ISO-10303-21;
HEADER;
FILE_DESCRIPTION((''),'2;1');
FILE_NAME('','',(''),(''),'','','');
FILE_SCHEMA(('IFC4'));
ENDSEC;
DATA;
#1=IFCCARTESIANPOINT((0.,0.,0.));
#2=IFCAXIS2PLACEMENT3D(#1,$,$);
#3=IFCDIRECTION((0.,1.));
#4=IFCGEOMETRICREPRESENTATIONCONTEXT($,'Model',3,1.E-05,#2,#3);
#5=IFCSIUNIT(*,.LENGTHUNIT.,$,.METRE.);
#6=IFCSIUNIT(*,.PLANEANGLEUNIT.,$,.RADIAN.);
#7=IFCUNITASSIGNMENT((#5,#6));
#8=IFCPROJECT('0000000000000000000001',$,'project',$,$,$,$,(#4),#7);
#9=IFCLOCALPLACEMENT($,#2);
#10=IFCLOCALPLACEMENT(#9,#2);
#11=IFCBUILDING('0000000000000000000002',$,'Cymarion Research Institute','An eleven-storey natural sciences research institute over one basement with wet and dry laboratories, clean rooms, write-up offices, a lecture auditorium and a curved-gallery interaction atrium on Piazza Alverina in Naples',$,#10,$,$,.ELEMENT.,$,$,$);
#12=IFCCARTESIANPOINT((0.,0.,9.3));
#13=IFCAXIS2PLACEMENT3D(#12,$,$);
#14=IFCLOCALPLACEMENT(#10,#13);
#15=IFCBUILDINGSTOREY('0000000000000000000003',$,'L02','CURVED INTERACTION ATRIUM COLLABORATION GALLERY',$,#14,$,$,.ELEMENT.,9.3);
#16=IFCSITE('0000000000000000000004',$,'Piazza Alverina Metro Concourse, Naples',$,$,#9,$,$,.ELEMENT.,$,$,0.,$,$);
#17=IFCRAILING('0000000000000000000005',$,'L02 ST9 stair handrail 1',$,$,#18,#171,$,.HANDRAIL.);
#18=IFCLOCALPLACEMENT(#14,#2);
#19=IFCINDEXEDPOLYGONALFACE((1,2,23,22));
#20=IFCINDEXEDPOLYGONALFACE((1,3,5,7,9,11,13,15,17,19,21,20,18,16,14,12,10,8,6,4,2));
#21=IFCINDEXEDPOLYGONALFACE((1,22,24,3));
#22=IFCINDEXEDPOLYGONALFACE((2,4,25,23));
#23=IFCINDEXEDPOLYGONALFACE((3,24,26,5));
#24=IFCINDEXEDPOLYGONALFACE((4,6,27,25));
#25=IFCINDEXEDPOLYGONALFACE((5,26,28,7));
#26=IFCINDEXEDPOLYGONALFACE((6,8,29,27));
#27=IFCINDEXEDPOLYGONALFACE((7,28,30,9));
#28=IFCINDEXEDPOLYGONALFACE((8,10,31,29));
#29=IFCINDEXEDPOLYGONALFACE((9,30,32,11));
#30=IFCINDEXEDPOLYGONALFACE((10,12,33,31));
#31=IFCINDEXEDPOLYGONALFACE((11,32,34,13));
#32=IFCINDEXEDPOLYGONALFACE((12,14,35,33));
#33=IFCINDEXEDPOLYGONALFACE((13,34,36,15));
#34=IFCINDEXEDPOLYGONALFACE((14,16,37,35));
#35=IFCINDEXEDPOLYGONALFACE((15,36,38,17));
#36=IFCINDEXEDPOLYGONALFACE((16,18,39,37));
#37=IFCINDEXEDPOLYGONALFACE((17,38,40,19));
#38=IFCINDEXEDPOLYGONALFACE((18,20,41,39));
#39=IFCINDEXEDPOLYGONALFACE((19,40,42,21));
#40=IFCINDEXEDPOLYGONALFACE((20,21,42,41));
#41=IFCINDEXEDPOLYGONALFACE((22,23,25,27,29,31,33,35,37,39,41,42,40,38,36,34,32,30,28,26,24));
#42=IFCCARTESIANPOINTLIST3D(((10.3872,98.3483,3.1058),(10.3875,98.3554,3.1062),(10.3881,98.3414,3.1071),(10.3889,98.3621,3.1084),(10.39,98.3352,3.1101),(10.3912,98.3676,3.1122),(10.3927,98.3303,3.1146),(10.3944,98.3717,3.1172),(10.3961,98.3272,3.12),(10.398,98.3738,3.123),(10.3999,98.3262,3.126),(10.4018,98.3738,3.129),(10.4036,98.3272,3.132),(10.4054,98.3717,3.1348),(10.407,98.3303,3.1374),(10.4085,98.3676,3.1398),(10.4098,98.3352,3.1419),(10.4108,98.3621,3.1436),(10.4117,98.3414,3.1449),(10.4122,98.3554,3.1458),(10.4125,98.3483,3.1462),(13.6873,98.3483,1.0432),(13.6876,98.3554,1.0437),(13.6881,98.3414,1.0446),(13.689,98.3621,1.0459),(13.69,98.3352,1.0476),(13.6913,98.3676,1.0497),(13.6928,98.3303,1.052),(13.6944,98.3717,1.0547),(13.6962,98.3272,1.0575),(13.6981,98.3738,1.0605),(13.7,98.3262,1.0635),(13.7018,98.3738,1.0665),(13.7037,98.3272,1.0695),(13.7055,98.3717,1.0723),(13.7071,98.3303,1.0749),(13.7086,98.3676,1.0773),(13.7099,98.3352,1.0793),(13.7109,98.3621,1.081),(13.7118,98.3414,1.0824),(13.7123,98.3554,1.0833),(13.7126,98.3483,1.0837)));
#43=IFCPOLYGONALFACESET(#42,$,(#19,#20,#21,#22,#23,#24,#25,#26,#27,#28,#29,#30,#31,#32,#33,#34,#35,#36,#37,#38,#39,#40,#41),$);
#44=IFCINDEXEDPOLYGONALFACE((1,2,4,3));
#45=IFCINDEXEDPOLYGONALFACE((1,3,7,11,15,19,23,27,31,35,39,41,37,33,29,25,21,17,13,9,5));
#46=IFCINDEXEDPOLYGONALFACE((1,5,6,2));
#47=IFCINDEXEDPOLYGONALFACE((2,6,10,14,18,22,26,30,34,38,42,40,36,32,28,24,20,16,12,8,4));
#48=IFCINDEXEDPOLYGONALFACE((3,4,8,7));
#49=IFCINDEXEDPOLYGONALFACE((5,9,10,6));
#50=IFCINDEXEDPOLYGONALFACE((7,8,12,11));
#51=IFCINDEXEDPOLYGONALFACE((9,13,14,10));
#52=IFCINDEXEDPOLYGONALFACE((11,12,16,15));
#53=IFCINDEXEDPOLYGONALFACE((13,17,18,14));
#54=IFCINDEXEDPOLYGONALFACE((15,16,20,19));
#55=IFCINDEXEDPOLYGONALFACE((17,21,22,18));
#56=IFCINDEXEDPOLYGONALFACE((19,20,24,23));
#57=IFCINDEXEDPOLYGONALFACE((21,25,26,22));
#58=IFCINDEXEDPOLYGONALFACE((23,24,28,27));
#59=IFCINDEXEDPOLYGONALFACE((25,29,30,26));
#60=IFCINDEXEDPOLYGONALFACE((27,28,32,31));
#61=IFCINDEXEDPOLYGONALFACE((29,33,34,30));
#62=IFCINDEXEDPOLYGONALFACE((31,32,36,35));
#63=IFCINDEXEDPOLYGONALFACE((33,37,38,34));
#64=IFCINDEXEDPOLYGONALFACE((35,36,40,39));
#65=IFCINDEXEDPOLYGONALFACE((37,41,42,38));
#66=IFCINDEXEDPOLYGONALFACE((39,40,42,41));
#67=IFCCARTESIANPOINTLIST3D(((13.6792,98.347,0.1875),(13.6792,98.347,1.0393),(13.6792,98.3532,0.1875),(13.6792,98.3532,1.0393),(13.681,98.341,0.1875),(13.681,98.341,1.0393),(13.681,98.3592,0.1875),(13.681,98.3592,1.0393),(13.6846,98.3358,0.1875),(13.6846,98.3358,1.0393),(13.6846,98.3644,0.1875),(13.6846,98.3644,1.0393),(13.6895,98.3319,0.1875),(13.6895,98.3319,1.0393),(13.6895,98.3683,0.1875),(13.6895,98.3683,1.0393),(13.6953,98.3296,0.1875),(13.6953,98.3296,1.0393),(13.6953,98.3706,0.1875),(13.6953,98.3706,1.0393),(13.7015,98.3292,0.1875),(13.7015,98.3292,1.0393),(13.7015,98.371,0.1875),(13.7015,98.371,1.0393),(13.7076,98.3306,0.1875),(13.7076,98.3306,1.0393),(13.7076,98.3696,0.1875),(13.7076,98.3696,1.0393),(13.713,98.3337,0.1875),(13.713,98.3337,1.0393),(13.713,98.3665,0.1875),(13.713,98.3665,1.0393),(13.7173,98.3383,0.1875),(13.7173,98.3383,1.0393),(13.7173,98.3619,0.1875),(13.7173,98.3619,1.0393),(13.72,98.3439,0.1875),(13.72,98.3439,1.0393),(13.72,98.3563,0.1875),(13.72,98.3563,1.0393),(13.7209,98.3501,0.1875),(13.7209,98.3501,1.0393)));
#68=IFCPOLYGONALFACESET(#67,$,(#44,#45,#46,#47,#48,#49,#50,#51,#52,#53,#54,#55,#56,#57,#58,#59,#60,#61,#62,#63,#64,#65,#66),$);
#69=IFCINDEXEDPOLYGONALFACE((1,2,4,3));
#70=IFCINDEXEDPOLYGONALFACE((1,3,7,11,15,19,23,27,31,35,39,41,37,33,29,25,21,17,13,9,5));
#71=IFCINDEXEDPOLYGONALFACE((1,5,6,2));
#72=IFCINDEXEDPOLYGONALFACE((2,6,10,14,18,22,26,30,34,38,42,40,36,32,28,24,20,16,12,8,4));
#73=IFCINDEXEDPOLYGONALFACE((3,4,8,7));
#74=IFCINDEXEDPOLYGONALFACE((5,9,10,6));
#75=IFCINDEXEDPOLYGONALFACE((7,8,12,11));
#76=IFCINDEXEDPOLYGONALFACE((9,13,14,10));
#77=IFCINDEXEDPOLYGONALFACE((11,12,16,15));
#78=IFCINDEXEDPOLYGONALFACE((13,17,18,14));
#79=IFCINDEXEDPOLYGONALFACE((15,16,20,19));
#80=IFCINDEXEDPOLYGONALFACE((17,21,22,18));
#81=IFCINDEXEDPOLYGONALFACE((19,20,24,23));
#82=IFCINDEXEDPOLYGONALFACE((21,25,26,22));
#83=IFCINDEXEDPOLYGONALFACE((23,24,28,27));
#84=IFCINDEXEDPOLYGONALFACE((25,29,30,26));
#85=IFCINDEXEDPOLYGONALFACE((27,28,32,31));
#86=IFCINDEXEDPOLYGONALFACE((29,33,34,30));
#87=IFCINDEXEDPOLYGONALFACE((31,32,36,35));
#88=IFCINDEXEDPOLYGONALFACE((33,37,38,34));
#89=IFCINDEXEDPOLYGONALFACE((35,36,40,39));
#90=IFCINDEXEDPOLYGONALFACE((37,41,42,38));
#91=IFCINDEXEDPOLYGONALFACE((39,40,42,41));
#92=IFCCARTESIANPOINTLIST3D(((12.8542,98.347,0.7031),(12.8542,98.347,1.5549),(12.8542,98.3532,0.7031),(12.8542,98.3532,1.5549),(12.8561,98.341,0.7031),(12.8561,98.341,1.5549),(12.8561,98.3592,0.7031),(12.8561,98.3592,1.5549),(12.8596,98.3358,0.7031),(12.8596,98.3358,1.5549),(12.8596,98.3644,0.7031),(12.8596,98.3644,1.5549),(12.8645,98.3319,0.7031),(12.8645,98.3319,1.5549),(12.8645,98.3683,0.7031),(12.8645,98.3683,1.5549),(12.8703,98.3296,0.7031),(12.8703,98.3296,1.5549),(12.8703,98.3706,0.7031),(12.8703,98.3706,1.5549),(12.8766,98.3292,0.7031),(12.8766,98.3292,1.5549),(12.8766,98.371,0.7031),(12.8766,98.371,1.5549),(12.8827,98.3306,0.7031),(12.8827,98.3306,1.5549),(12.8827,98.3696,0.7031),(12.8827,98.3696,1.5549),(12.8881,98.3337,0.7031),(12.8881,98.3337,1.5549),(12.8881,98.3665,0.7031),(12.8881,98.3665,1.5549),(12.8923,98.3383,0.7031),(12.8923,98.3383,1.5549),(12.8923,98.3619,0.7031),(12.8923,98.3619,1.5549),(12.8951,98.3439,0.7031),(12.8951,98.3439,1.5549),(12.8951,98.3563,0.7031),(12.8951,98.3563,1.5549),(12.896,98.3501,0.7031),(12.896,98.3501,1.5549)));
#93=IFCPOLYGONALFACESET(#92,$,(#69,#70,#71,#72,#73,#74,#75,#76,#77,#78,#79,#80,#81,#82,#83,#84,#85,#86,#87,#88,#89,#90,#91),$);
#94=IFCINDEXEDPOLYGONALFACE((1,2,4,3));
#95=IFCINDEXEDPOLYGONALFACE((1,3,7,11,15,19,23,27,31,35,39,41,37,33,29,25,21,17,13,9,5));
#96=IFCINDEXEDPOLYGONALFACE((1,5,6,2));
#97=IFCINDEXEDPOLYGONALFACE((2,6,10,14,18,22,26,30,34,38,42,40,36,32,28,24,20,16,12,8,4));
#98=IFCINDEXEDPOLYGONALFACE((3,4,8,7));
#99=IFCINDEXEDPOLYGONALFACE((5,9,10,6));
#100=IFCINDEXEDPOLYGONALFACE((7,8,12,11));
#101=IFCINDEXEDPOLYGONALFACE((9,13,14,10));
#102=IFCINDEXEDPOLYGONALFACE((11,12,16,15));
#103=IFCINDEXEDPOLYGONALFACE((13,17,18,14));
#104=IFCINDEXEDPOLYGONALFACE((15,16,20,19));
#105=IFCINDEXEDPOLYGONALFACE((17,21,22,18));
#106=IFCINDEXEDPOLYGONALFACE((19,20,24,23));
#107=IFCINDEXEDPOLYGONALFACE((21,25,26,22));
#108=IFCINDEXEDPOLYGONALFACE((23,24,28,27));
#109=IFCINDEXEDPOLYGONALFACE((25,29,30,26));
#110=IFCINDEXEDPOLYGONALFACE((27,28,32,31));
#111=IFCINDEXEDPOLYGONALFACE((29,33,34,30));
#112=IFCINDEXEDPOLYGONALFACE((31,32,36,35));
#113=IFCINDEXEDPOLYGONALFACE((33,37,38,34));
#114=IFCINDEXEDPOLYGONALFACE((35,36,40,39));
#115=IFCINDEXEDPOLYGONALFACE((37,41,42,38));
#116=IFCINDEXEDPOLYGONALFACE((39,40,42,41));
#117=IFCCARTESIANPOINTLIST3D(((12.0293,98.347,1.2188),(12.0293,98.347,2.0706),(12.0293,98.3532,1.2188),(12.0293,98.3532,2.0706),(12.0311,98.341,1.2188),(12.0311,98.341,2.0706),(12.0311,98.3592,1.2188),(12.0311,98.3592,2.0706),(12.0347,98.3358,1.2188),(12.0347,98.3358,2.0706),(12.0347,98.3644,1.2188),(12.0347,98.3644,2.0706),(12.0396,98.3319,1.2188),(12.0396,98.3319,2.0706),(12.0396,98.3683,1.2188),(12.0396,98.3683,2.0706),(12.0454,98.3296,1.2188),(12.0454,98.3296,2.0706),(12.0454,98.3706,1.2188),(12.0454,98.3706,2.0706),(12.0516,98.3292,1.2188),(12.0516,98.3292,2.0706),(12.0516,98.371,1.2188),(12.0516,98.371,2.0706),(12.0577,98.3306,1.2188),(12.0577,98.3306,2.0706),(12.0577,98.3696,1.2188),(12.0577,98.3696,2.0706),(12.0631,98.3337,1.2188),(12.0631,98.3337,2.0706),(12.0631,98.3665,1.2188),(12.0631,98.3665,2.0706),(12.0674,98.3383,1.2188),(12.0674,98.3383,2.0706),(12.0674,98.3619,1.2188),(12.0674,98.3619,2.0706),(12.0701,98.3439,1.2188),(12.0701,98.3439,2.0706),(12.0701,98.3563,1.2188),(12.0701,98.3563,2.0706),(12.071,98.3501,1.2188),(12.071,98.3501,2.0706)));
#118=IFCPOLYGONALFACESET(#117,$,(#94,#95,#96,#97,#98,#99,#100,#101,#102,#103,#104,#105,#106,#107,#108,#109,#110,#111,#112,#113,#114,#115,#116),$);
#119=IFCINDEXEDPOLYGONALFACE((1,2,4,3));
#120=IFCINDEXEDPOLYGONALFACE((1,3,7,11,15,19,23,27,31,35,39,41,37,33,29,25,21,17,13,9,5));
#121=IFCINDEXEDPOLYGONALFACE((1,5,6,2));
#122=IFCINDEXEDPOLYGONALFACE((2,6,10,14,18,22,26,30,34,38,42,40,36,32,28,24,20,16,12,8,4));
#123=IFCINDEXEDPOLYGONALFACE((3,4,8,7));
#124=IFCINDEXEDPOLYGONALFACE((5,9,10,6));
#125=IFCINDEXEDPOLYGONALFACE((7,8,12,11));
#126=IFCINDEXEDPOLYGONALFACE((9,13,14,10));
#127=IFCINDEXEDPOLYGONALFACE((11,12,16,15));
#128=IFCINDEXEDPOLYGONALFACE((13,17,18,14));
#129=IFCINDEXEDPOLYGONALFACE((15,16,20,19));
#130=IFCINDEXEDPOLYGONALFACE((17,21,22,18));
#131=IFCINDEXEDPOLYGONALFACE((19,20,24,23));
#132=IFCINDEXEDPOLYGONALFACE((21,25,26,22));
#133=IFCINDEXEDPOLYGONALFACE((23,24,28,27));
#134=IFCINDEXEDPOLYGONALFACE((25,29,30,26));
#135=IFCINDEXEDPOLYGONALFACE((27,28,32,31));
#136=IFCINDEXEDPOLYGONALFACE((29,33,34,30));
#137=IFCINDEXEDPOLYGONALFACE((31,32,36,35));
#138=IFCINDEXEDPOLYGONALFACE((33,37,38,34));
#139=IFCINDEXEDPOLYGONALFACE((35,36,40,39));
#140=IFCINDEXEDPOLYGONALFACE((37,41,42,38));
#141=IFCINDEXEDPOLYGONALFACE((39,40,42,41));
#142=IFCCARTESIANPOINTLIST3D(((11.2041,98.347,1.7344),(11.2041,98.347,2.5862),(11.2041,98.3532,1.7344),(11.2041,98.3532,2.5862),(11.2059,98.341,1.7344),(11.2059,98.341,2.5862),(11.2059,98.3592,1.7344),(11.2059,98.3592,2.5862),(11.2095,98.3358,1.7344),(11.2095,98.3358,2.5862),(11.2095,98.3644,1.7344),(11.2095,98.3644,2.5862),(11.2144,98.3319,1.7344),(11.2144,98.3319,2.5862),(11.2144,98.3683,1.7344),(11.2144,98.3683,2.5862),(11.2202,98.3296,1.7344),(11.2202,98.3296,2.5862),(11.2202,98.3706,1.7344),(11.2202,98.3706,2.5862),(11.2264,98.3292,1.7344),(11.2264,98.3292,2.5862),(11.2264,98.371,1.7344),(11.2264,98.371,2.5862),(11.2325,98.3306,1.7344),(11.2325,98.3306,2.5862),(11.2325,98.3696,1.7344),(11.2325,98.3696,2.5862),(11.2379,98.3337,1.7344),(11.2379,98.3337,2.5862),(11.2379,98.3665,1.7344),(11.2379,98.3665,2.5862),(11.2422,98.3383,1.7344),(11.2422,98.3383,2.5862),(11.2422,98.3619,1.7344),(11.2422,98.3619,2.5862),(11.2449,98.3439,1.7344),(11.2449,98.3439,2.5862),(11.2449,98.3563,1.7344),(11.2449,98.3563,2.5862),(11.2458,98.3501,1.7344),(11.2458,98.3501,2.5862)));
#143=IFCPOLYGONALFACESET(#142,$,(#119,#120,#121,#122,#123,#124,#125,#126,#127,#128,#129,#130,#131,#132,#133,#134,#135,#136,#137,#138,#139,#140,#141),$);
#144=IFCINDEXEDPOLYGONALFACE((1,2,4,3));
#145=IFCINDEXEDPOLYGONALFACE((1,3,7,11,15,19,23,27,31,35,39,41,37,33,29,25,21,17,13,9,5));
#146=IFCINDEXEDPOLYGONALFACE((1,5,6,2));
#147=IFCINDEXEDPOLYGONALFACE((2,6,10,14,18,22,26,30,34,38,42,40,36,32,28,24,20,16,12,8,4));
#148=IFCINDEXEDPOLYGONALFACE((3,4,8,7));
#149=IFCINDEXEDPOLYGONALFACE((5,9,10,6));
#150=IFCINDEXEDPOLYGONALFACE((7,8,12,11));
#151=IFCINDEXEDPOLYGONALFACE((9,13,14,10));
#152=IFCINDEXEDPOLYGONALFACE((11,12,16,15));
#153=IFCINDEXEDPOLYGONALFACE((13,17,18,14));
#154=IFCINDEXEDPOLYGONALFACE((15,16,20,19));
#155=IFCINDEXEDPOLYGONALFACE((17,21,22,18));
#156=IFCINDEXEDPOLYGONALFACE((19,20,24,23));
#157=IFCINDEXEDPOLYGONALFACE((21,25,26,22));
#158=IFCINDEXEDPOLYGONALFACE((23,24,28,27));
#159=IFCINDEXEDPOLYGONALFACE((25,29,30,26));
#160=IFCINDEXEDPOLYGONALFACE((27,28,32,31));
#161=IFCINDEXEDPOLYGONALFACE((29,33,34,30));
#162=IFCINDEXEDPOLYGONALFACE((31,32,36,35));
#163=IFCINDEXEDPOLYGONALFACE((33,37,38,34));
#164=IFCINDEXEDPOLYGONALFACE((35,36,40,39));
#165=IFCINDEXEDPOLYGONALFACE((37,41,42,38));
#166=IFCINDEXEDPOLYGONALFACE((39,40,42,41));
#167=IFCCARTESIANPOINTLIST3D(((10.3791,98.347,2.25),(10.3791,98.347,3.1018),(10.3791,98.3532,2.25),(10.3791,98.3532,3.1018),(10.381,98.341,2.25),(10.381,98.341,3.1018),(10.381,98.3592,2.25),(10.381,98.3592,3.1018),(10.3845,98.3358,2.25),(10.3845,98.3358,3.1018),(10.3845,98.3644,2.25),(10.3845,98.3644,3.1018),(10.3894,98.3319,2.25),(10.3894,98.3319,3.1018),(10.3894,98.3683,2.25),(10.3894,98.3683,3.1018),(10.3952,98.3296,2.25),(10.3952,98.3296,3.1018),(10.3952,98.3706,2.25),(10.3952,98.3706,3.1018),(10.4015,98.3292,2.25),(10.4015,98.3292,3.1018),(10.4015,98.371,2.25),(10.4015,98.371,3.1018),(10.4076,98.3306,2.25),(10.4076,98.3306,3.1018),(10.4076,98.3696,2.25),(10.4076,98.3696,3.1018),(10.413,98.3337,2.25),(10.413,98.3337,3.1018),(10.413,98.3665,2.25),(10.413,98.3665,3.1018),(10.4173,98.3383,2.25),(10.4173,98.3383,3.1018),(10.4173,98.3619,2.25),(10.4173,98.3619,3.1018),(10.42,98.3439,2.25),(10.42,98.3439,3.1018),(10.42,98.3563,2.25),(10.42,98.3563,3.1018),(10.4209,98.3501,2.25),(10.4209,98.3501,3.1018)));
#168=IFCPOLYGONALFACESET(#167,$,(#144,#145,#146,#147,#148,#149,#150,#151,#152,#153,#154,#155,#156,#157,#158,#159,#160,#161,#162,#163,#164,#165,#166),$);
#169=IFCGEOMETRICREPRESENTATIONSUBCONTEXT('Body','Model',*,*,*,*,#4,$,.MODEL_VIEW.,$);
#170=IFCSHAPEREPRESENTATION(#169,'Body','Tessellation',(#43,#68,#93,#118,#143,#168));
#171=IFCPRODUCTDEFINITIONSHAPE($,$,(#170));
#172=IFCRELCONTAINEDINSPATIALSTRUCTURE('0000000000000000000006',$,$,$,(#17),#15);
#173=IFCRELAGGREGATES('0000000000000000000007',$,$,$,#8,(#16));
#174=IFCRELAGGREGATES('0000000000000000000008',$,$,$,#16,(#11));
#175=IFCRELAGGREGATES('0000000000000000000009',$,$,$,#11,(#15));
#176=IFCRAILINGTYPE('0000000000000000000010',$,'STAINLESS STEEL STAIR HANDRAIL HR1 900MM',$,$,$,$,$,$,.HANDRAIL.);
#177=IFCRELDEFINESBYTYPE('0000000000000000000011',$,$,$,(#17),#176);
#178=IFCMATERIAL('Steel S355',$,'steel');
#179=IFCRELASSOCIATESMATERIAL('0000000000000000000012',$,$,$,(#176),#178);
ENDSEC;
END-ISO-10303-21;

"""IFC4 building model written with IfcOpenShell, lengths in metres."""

from ifc_helpers import new_model, si_unit, direction, frame, origin, origin_2d, place, context, subcontext, project, spatial, circle, extrude, material, type_object, element, save


model = new_model("IFC4")

# Units and contexts
model_context = context("Model", 3, precision=1e-05, world=origin(), true_north=direction((0.0, 1.0)))
body_context = subcontext(model_context, "Body", "Model", "MODEL_VIEW")
ifc_project = project(units=[si_unit("LENGTHUNIT", "METRE"), si_unit("PLANEANGLEUNIT", "RADIAN")], contexts=[model_context])

# Site, building, storey
site_placement = place(None, origin())
site = spatial("IfcSite", under=ifc_project, at=site_placement, Name="Piazza Alverina Metro Concourse, Naples", CompositionType="ELEMENT", RefElevation=0.0)
building_placement = place(site_placement, origin())
building = spatial("IfcBuilding", under=site, at=building_placement, Name="Cymarion Research Institute", Description="An eleven-storey natural sciences research institute over one basement with wet and dry laboratories, clean rooms, write-up offices, a lecture auditorium and a curved-gallery interaction atrium on Piazza Alverina in Naples", CompositionType="ELEMENT")
storey_placement = place(building_placement, frame((0.0, 0.0, 9.3)))
storey = spatial("IfcBuildingStorey", under=building, at=storey_placement, Name="L02", Description="CURVED INTERACTION ATRIUM COLLABORATION GALLERY", CompositionType="ELEMENT", Elevation=9.3)

# Shared definitions
ifc_material_1 = material(Name="Steel S355", Category="steel")

# Railing
railing_type_1 = type_object("IfcRailingType", Name="STAINLESS STEEL STAIR HANDRAIL HR1 900MM", PredefinedType="HANDRAIL", material=ifc_material_1)
railing_1_placement = place(storey_placement, frame((13.7, 98.3501, 0.1875)))
element("IfcRailing", 1, at=railing_1_placement, inside=storey, type_object=railing_type_1, Name="L02 ST9 stair handrail 1", PredefinedType="HANDRAIL", context=body_context, shape_type="SweptSolid", body=[
    extrude(circle(Radius=0.0239, at=origin_2d()), frame((0.0, 0.0, 0.876), z_axis=(-0.848002, 0.0, 0.529993), x_axis=(0.0, -1.0, 0.0)), (0.0, 0.0, 1.0), 3.8916),
    extrude(circle(Radius=0.021, at=origin_2d()), origin(), (0.0, 0.0, 1.0), 0.8518),
    extrude(circle(Radius=0.021, at=origin_2d()), frame((-0.825, 0.0, 0.5156)), (0.0, 0.0, 1.0), 0.8518),
    extrude(circle(Radius=0.021, at=origin_2d()), frame((-1.6499, 0.0, 1.0312)), (0.0, 0.0, 1.0), 0.8518),
    extrude(circle(Radius=0.021, at=origin_2d()), frame((-2.4751, 0.0, 1.5469)), (0.0, 0.0, 1.0), 0.8518),
    extrude(circle(Radius=0.021, at=origin_2d()), frame((-3.3, 0.0, 2.0625)), (0.0, 0.0, 1.0), 0.8518),
])

save(model, "model.ifc")
